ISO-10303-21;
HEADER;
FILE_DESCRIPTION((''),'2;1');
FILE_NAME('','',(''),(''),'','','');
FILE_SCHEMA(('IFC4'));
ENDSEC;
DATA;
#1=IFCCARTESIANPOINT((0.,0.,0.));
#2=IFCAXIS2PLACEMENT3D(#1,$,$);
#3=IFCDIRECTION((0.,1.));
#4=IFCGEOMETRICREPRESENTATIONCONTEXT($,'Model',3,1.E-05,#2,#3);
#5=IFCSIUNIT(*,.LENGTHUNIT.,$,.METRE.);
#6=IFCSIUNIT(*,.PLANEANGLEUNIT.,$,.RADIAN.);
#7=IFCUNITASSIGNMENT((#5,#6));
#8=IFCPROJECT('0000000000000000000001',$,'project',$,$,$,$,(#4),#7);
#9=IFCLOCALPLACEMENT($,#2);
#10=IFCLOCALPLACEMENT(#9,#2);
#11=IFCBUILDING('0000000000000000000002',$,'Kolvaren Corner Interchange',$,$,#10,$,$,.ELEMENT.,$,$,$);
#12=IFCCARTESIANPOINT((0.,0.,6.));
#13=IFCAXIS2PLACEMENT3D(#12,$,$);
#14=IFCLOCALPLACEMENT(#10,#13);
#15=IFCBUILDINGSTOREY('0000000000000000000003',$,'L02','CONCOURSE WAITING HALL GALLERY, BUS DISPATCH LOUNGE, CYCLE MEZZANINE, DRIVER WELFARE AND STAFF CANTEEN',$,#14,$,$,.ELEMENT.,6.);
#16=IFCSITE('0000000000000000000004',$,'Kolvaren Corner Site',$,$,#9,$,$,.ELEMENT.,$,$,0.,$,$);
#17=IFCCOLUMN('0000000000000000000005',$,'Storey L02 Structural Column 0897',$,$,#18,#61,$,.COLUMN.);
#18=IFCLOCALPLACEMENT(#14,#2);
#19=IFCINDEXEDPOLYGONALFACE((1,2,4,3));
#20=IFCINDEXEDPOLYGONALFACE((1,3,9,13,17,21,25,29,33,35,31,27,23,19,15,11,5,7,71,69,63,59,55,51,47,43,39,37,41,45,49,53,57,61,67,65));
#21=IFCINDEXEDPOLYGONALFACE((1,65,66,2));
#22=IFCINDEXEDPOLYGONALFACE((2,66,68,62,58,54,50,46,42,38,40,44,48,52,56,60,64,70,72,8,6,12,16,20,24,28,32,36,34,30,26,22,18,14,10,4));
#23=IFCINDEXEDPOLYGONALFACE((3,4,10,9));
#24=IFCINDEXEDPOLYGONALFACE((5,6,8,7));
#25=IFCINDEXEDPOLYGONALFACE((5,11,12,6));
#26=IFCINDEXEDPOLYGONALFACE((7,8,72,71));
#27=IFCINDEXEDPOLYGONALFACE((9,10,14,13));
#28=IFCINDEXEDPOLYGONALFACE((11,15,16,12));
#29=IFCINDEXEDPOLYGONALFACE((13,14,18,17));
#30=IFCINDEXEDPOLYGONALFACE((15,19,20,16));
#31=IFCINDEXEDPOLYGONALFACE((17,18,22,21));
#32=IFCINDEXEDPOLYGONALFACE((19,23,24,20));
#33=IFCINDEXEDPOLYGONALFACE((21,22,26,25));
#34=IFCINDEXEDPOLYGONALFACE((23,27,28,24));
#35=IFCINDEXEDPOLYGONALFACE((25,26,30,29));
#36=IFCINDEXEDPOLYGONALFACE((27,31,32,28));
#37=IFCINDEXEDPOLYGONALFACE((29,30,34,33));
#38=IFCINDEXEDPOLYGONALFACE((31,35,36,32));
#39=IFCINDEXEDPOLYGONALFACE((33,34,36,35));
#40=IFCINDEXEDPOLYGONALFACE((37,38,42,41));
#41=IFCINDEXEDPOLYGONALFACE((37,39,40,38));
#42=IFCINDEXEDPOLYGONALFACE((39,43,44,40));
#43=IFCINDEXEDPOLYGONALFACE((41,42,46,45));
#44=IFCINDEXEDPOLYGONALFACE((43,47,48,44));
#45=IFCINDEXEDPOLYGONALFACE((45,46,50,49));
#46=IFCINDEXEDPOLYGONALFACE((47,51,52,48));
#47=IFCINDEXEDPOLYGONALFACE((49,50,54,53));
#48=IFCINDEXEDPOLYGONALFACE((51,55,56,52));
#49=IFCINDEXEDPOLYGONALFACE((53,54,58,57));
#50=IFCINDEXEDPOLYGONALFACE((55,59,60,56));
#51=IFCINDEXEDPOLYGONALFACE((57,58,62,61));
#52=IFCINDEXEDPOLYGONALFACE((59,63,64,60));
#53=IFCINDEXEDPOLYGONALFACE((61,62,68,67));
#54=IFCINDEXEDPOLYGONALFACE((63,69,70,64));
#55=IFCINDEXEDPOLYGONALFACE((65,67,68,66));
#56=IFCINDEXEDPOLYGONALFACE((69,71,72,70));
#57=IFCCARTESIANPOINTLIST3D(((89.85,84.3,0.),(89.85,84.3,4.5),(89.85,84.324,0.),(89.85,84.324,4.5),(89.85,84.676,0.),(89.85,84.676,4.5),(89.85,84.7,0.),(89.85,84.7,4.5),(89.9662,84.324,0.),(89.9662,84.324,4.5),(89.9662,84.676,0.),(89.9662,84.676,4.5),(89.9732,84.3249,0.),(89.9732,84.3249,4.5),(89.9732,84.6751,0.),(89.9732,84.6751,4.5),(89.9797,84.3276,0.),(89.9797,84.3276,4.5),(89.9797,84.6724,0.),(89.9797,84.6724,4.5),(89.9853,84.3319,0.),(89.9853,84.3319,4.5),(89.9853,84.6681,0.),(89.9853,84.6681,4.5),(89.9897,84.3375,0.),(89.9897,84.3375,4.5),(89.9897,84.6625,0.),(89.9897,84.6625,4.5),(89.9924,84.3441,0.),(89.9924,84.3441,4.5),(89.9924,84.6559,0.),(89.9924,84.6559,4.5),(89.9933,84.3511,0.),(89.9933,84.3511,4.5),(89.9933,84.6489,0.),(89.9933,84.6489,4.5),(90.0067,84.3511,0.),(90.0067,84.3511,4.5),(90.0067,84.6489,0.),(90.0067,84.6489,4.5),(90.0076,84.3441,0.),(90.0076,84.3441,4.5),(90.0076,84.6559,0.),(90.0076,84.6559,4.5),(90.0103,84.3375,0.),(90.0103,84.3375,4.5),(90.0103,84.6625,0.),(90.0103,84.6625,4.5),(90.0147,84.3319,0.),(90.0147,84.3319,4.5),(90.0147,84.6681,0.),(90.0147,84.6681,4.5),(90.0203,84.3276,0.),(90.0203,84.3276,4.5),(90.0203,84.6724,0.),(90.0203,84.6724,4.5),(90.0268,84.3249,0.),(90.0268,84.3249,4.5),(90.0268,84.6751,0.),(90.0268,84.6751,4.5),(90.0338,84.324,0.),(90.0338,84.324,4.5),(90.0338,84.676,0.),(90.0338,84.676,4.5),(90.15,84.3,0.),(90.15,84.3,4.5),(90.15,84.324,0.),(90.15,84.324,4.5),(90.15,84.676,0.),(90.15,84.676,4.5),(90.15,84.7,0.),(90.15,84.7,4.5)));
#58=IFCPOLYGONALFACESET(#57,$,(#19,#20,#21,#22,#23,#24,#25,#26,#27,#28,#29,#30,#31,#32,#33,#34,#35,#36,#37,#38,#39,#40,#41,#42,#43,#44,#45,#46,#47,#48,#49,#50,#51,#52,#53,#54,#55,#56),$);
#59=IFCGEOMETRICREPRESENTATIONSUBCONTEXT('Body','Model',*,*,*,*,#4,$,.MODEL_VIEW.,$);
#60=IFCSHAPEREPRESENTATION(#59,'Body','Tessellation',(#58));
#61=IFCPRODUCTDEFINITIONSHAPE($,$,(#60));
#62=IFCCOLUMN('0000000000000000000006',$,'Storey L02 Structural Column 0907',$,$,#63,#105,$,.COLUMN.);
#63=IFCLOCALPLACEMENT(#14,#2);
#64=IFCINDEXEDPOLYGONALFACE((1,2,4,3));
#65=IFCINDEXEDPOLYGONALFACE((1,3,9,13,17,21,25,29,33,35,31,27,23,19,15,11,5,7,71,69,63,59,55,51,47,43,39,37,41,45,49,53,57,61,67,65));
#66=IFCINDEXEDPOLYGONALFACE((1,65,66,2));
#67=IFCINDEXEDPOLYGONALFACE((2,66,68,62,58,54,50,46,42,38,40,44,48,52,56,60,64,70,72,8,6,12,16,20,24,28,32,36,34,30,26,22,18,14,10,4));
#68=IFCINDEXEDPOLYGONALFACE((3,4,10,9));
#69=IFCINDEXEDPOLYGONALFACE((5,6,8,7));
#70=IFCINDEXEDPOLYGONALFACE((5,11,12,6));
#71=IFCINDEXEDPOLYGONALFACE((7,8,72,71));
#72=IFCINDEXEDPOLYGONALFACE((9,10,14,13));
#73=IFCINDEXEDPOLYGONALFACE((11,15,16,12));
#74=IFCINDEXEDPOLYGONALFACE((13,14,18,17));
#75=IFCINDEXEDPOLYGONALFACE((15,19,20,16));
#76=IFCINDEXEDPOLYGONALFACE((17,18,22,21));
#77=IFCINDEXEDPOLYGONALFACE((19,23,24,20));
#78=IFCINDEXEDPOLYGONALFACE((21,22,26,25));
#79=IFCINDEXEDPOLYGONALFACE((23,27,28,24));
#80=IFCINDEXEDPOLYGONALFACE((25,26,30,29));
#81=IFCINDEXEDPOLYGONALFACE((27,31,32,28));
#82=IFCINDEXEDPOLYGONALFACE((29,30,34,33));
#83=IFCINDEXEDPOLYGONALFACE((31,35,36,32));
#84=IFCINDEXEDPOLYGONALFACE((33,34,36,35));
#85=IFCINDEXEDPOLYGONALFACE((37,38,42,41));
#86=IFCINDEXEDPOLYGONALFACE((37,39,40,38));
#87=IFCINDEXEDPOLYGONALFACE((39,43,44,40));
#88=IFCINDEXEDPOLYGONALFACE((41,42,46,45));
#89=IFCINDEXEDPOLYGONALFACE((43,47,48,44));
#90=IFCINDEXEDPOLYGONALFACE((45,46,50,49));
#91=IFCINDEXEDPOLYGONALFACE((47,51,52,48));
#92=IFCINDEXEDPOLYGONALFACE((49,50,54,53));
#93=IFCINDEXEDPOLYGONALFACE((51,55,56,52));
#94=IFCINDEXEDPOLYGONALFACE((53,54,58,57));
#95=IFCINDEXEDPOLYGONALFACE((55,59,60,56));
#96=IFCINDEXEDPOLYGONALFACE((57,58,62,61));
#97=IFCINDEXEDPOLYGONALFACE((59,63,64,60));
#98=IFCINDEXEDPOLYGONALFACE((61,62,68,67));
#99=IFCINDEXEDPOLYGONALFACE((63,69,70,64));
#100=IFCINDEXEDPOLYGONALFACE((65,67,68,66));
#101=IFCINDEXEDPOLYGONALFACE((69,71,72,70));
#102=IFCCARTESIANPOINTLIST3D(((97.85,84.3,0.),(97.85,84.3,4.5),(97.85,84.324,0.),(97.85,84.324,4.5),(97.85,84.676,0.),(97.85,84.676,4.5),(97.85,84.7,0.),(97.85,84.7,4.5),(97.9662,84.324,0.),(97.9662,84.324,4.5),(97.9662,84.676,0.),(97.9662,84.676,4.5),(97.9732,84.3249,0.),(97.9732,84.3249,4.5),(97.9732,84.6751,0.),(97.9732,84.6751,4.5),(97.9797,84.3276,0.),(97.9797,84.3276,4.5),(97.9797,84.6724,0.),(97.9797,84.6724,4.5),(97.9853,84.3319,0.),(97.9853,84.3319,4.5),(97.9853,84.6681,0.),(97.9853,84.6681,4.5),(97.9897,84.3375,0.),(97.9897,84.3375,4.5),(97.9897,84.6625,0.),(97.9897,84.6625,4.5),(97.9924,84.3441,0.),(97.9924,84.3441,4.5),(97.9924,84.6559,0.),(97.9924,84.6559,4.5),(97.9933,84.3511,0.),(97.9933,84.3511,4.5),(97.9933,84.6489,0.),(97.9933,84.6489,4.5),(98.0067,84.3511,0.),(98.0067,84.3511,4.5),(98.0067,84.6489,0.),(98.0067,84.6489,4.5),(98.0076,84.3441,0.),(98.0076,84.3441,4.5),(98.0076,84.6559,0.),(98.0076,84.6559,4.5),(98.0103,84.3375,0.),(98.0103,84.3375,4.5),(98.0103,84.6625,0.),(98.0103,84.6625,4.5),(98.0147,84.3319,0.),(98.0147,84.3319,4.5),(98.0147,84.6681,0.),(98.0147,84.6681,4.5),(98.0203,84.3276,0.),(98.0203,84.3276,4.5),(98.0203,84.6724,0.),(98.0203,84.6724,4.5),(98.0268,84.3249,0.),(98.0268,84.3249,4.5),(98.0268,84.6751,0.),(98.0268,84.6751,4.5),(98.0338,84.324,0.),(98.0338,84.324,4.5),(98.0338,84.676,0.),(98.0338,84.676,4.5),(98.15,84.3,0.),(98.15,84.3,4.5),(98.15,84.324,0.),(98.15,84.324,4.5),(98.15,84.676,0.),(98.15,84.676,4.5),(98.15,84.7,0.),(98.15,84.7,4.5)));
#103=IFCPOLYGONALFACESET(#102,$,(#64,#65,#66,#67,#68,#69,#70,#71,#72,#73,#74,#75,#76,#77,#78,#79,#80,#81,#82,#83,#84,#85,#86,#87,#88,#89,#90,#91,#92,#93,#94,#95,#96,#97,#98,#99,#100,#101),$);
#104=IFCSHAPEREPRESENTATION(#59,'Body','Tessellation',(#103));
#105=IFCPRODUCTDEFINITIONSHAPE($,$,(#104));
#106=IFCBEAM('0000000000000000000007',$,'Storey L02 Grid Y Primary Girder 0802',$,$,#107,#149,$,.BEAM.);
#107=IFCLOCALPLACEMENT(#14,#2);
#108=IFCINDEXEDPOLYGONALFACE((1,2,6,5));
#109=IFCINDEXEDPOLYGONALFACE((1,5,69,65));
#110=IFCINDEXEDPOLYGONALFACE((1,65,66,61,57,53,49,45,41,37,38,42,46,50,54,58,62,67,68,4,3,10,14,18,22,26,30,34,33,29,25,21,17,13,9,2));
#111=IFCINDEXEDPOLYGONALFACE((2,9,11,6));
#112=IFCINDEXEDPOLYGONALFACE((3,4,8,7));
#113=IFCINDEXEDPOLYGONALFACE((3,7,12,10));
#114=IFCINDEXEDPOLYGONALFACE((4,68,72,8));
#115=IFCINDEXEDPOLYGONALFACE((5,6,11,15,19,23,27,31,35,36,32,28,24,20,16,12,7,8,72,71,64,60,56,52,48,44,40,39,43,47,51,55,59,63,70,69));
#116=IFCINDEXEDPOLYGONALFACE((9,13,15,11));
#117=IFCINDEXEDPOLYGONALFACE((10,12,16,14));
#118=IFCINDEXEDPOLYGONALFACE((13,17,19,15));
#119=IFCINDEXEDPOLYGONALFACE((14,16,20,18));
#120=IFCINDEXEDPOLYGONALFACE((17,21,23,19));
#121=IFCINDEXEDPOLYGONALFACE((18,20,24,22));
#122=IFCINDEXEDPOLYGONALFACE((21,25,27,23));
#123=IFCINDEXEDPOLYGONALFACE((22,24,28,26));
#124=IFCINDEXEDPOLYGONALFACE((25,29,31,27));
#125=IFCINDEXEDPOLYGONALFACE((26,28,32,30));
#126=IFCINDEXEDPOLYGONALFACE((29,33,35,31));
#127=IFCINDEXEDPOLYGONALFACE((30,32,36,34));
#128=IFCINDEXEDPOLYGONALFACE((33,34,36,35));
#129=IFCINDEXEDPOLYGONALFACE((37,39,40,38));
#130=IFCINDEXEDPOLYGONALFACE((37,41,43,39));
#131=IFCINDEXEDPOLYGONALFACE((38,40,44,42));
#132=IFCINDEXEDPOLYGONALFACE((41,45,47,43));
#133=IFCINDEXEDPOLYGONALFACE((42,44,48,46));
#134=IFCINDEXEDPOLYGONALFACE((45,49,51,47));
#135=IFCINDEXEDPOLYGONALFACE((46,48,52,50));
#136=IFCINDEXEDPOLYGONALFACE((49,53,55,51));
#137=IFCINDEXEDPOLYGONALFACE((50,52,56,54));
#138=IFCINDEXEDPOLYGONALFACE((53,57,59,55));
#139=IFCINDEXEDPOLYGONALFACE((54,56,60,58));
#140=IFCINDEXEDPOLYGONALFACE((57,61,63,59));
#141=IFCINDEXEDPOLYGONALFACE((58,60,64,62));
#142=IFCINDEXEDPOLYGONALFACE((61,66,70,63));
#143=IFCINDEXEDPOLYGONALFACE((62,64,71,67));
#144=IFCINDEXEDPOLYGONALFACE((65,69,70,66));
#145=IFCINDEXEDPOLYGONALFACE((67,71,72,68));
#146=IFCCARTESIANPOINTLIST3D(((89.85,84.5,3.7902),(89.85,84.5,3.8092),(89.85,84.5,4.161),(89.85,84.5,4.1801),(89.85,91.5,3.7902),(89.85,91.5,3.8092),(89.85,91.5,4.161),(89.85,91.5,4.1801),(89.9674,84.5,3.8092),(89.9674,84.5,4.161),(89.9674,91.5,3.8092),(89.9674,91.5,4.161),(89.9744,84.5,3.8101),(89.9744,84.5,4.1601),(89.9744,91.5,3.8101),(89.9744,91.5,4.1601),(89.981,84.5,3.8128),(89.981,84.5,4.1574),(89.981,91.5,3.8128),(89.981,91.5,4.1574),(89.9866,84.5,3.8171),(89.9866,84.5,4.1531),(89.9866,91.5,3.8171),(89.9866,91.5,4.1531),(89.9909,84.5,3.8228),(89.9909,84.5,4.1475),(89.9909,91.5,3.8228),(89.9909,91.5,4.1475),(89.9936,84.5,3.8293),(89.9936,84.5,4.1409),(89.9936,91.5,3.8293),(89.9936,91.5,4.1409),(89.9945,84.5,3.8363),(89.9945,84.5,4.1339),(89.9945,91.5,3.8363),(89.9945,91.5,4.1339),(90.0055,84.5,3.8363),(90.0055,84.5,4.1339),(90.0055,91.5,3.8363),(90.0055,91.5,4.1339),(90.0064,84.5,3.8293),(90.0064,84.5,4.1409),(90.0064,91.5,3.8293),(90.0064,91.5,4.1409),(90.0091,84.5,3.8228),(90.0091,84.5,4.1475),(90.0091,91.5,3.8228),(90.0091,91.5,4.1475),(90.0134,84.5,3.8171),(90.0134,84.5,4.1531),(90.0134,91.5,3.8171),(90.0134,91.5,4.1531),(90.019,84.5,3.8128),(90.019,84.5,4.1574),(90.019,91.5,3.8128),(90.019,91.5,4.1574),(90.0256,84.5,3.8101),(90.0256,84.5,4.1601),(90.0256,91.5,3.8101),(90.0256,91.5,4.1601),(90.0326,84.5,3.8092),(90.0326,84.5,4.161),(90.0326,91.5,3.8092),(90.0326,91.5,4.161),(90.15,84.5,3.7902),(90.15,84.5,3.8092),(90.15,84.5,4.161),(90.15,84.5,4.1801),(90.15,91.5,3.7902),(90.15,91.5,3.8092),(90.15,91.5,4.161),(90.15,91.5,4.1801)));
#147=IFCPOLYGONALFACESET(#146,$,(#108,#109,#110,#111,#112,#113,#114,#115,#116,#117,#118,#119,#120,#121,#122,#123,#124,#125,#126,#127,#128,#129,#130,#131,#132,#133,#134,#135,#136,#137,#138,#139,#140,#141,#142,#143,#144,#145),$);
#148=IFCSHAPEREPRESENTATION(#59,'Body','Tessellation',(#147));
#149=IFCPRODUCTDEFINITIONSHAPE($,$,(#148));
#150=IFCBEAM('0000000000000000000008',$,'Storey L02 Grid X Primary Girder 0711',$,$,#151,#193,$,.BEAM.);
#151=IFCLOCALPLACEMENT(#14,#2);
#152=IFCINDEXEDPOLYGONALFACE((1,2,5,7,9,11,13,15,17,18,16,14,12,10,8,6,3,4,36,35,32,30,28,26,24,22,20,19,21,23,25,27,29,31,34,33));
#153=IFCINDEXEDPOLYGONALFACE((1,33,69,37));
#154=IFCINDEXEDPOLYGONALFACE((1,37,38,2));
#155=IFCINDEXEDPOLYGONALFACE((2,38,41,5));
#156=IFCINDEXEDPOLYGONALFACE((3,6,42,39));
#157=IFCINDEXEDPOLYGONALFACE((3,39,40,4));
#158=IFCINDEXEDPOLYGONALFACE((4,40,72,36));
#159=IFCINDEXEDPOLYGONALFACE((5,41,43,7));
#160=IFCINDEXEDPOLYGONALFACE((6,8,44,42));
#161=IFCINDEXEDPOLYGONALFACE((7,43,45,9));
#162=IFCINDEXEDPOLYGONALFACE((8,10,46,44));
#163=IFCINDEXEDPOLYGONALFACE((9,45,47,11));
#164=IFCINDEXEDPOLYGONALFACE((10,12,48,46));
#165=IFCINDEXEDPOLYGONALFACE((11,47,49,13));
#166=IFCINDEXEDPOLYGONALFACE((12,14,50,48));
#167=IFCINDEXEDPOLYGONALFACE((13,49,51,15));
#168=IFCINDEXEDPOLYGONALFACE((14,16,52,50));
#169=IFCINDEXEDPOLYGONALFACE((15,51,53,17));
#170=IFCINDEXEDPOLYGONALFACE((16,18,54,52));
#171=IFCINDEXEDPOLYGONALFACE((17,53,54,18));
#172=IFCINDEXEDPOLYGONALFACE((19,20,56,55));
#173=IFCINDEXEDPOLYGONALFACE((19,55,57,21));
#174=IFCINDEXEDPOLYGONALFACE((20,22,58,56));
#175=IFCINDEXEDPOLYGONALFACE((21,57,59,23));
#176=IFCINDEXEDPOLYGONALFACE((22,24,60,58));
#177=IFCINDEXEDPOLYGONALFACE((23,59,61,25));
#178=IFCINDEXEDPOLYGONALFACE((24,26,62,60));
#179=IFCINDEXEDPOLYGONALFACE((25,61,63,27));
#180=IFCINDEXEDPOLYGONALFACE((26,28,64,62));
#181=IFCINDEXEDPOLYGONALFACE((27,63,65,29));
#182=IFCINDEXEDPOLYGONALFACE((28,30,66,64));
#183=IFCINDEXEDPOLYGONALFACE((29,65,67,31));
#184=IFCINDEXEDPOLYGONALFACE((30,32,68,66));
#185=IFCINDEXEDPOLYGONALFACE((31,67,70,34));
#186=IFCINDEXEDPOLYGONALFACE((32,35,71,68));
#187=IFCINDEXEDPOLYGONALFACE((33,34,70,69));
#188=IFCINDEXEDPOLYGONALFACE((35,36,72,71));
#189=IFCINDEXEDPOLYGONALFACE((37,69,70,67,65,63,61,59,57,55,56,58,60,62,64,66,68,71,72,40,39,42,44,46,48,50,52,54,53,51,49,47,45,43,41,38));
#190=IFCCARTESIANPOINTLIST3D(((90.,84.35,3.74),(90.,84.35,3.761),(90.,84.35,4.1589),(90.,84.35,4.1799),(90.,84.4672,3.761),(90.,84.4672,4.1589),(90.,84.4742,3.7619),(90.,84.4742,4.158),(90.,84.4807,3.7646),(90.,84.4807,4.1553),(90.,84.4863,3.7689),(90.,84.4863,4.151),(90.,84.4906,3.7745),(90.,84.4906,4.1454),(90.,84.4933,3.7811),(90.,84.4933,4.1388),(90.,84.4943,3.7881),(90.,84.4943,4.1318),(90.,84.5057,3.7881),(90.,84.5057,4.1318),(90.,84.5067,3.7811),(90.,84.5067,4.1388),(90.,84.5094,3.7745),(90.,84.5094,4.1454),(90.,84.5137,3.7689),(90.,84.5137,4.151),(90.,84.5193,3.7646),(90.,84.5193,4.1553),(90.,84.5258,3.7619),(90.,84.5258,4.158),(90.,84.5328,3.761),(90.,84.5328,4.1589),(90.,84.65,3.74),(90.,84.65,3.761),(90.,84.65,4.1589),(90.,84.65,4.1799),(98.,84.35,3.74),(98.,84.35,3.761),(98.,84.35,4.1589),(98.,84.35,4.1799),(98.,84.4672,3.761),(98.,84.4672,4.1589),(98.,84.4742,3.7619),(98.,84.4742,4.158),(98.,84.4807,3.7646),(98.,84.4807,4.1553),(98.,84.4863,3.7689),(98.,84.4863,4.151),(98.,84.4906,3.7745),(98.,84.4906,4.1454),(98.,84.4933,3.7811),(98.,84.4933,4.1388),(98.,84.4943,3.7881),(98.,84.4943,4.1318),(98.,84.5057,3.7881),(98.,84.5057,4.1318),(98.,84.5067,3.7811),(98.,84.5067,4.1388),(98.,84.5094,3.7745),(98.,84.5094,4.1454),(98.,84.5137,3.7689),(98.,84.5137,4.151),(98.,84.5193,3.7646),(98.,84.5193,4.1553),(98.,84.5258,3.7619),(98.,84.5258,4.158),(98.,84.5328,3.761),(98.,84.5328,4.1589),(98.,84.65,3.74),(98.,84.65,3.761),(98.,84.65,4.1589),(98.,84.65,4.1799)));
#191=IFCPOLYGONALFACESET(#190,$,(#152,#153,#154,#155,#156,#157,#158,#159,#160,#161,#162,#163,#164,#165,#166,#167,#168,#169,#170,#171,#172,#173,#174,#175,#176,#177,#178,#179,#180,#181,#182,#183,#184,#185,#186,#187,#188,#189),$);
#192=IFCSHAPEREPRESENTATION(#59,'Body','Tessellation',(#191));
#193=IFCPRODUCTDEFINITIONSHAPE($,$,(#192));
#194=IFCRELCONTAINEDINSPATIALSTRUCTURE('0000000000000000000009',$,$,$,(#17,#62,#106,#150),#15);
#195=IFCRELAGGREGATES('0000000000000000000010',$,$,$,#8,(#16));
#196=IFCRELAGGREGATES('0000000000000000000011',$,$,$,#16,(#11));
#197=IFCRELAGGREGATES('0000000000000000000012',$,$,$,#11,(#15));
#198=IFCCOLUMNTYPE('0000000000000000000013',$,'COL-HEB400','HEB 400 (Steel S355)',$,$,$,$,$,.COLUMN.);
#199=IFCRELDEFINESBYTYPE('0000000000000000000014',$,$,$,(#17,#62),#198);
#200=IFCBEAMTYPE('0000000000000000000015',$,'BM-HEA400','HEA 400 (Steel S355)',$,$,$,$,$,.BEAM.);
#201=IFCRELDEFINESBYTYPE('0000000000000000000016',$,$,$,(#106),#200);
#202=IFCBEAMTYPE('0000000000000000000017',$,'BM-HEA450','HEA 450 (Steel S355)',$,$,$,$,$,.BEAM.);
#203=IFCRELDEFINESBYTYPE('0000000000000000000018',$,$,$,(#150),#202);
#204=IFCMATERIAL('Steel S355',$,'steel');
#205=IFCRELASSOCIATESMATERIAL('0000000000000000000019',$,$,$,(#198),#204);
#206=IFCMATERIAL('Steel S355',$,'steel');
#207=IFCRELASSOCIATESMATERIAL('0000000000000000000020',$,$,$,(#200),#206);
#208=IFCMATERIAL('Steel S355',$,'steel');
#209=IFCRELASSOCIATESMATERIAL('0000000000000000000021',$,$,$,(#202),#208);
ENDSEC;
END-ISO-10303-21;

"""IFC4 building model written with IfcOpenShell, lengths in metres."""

from ifc_helpers import new_model, si_unit, direction, frame, origin, origin_2d, place, context, subcontext, project, spatial, i_section, extrude, material, material_profile, profile_set, type_object, element, save


model = new_model("IFC4")

# Units and contexts
model_context = context("Model", 3, precision=1e-05, world=origin(), true_north=direction((0.0, 1.0)))
body_context = subcontext(model_context, "Body", "Model", "MODEL_VIEW")
ifc_project = project(units=[si_unit("LENGTHUNIT", "METRE"), si_unit("PLANEANGLEUNIT", "RADIAN")], contexts=[model_context])

# Site, building, storey
site_placement = place(None, origin())
site = spatial("IfcSite", under=ifc_project, at=site_placement, Name="Kolvaren Corner Site", CompositionType="ELEMENT", RefElevation=0.0)
building_placement = place(site_placement, origin())
building = spatial("IfcBuilding", under=site, at=building_placement, Name="Kolvaren Corner Interchange", CompositionType="ELEMENT")
storey_placement = place(building_placement, frame((0.0, 0.0, 6.0)))
storey = spatial("IfcBuildingStorey", under=building, at=storey_placement, Name="L02", Description="CONCOURSE WAITING HALL GALLERY, BUS DISPATCH LOUNGE, CYCLE MEZZANINE, DRIVER WELFARE AND STAFF CANTEEN", CompositionType="ELEMENT", Elevation=6.0)

# Columns
ifc_material_1 = material(Name="Steel S355", Category="steel")
ifc_material_profile_1 = material_profile(ifc_material_1, i_section(OverallWidth=0.3, OverallDepth=0.3999, WebThickness=0.0134, FlangeThickness=0.0239, FilletRadius=0.0271, at=origin_2d()), Name="HEB 400")
ifc_profile_set_1 = profile_set([ifc_material_profile_1], Name="Steel S355")
column_type = type_object("IfcColumnType", Name="COL-HEB400", Description="HEB 400 (Steel S355)", PredefinedType="COLUMN", material=ifc_profile_set_1)
for number, where, z_axis, x_axis, name in (
    (1, (90.0, 84.5, 0.0), (0.0, 0.0, 1.0), (1.0, 0.0, 0.0), "Storey L02 Structural Column 0897"),
    (2, (98.0, 84.5, 0.0), (0.0, 0.0, 1.0), (1.0, 0.0, 0.0), "Storey L02 Structural Column 0907"),
):
    element("IfcColumn", number, at=place(storey_placement, frame(where, z_axis=z_axis, x_axis=x_axis)), inside=storey, type_object=column_type, Name=name, PredefinedType="COLUMN", context=body_context, shape_type="SweptSolid", body=[
        extrude(i_section(OverallWidth=0.3, OverallDepth=0.3999, WebThickness=0.0134, FlangeThickness=0.0239, FilletRadius=0.0271, at=origin_2d()), origin(), (0.0, 0.0, 1.0), 4.5),
    ])

# Beams
ifc_material_2 = material(Name="Steel S355", Category="steel")
ifc_material_profile_2 = material_profile(ifc_material_2, i_section(OverallWidth=0.3, OverallDepth=0.3899, WebThickness=0.011, FlangeThickness=0.019, FilletRadius=0.0271, at=origin_2d()), Name="HEA 400")
ifc_profile_set_2 = profile_set([ifc_material_profile_2], Name="Steel S355")
beam_type_1 = type_object("IfcBeamType", Name="BM-HEA400", Description="HEA 400 (Steel S355)", PredefinedType="BEAM", material=ifc_profile_set_2)
beam_1_placement = place(storey_placement, frame((90.0, 84.5, 3.9851), z_axis=(0.0, 1.0, 0.0), x_axis=(-1.0, 0.0, 0.0)))
element("IfcBeam", 3, at=beam_1_placement, inside=storey, type_object=beam_type_1, Name="Storey L02 Grid Y Primary Girder 0802", PredefinedType="BEAM", context=body_context, shape_type="SweptSolid", body=[
    extrude(i_section(OverallWidth=0.3, OverallDepth=0.3899, WebThickness=0.011, FlangeThickness=0.019, FilletRadius=0.0271, at=origin_2d()), origin(), (0.0, 0.0, 1.0), 7.0),
])
ifc_material_3 = material(Name="Steel S355", Category="steel")
ifc_material_profile_3 = material_profile(ifc_material_3, i_section(OverallWidth=0.3, OverallDepth=0.4399, WebThickness=0.0115, FlangeThickness=0.021, FilletRadius=0.0271, at=origin_2d()), Name="HEA 450")
ifc_profile_set_3 = profile_set([ifc_material_profile_3], Name="Steel S355")
beam_type_2 = type_object("IfcBeamType", Name="BM-HEA450", Description="HEA 450 (Steel S355)", PredefinedType="BEAM", material=ifc_profile_set_3)
beam_2_placement = place(storey_placement, frame((90.0, 84.5, 3.96), z_axis=(1.0, 0.0, 0.0), x_axis=(0.0, 1.0, 0.0)))
element("IfcBeam", 4, at=beam_2_placement, inside=storey, type_object=beam_type_2, Name="Storey L02 Grid X Primary Girder 0711", PredefinedType="BEAM", context=body_context, shape_type="SweptSolid", body=[
    extrude(i_section(OverallWidth=0.3, OverallDepth=0.4399, WebThickness=0.0115, FlangeThickness=0.021, FilletRadius=0.0271, at=origin_2d()), origin(), (0.0, 0.0, 1.0), 8.0),
])

save(model, "model.ifc")
